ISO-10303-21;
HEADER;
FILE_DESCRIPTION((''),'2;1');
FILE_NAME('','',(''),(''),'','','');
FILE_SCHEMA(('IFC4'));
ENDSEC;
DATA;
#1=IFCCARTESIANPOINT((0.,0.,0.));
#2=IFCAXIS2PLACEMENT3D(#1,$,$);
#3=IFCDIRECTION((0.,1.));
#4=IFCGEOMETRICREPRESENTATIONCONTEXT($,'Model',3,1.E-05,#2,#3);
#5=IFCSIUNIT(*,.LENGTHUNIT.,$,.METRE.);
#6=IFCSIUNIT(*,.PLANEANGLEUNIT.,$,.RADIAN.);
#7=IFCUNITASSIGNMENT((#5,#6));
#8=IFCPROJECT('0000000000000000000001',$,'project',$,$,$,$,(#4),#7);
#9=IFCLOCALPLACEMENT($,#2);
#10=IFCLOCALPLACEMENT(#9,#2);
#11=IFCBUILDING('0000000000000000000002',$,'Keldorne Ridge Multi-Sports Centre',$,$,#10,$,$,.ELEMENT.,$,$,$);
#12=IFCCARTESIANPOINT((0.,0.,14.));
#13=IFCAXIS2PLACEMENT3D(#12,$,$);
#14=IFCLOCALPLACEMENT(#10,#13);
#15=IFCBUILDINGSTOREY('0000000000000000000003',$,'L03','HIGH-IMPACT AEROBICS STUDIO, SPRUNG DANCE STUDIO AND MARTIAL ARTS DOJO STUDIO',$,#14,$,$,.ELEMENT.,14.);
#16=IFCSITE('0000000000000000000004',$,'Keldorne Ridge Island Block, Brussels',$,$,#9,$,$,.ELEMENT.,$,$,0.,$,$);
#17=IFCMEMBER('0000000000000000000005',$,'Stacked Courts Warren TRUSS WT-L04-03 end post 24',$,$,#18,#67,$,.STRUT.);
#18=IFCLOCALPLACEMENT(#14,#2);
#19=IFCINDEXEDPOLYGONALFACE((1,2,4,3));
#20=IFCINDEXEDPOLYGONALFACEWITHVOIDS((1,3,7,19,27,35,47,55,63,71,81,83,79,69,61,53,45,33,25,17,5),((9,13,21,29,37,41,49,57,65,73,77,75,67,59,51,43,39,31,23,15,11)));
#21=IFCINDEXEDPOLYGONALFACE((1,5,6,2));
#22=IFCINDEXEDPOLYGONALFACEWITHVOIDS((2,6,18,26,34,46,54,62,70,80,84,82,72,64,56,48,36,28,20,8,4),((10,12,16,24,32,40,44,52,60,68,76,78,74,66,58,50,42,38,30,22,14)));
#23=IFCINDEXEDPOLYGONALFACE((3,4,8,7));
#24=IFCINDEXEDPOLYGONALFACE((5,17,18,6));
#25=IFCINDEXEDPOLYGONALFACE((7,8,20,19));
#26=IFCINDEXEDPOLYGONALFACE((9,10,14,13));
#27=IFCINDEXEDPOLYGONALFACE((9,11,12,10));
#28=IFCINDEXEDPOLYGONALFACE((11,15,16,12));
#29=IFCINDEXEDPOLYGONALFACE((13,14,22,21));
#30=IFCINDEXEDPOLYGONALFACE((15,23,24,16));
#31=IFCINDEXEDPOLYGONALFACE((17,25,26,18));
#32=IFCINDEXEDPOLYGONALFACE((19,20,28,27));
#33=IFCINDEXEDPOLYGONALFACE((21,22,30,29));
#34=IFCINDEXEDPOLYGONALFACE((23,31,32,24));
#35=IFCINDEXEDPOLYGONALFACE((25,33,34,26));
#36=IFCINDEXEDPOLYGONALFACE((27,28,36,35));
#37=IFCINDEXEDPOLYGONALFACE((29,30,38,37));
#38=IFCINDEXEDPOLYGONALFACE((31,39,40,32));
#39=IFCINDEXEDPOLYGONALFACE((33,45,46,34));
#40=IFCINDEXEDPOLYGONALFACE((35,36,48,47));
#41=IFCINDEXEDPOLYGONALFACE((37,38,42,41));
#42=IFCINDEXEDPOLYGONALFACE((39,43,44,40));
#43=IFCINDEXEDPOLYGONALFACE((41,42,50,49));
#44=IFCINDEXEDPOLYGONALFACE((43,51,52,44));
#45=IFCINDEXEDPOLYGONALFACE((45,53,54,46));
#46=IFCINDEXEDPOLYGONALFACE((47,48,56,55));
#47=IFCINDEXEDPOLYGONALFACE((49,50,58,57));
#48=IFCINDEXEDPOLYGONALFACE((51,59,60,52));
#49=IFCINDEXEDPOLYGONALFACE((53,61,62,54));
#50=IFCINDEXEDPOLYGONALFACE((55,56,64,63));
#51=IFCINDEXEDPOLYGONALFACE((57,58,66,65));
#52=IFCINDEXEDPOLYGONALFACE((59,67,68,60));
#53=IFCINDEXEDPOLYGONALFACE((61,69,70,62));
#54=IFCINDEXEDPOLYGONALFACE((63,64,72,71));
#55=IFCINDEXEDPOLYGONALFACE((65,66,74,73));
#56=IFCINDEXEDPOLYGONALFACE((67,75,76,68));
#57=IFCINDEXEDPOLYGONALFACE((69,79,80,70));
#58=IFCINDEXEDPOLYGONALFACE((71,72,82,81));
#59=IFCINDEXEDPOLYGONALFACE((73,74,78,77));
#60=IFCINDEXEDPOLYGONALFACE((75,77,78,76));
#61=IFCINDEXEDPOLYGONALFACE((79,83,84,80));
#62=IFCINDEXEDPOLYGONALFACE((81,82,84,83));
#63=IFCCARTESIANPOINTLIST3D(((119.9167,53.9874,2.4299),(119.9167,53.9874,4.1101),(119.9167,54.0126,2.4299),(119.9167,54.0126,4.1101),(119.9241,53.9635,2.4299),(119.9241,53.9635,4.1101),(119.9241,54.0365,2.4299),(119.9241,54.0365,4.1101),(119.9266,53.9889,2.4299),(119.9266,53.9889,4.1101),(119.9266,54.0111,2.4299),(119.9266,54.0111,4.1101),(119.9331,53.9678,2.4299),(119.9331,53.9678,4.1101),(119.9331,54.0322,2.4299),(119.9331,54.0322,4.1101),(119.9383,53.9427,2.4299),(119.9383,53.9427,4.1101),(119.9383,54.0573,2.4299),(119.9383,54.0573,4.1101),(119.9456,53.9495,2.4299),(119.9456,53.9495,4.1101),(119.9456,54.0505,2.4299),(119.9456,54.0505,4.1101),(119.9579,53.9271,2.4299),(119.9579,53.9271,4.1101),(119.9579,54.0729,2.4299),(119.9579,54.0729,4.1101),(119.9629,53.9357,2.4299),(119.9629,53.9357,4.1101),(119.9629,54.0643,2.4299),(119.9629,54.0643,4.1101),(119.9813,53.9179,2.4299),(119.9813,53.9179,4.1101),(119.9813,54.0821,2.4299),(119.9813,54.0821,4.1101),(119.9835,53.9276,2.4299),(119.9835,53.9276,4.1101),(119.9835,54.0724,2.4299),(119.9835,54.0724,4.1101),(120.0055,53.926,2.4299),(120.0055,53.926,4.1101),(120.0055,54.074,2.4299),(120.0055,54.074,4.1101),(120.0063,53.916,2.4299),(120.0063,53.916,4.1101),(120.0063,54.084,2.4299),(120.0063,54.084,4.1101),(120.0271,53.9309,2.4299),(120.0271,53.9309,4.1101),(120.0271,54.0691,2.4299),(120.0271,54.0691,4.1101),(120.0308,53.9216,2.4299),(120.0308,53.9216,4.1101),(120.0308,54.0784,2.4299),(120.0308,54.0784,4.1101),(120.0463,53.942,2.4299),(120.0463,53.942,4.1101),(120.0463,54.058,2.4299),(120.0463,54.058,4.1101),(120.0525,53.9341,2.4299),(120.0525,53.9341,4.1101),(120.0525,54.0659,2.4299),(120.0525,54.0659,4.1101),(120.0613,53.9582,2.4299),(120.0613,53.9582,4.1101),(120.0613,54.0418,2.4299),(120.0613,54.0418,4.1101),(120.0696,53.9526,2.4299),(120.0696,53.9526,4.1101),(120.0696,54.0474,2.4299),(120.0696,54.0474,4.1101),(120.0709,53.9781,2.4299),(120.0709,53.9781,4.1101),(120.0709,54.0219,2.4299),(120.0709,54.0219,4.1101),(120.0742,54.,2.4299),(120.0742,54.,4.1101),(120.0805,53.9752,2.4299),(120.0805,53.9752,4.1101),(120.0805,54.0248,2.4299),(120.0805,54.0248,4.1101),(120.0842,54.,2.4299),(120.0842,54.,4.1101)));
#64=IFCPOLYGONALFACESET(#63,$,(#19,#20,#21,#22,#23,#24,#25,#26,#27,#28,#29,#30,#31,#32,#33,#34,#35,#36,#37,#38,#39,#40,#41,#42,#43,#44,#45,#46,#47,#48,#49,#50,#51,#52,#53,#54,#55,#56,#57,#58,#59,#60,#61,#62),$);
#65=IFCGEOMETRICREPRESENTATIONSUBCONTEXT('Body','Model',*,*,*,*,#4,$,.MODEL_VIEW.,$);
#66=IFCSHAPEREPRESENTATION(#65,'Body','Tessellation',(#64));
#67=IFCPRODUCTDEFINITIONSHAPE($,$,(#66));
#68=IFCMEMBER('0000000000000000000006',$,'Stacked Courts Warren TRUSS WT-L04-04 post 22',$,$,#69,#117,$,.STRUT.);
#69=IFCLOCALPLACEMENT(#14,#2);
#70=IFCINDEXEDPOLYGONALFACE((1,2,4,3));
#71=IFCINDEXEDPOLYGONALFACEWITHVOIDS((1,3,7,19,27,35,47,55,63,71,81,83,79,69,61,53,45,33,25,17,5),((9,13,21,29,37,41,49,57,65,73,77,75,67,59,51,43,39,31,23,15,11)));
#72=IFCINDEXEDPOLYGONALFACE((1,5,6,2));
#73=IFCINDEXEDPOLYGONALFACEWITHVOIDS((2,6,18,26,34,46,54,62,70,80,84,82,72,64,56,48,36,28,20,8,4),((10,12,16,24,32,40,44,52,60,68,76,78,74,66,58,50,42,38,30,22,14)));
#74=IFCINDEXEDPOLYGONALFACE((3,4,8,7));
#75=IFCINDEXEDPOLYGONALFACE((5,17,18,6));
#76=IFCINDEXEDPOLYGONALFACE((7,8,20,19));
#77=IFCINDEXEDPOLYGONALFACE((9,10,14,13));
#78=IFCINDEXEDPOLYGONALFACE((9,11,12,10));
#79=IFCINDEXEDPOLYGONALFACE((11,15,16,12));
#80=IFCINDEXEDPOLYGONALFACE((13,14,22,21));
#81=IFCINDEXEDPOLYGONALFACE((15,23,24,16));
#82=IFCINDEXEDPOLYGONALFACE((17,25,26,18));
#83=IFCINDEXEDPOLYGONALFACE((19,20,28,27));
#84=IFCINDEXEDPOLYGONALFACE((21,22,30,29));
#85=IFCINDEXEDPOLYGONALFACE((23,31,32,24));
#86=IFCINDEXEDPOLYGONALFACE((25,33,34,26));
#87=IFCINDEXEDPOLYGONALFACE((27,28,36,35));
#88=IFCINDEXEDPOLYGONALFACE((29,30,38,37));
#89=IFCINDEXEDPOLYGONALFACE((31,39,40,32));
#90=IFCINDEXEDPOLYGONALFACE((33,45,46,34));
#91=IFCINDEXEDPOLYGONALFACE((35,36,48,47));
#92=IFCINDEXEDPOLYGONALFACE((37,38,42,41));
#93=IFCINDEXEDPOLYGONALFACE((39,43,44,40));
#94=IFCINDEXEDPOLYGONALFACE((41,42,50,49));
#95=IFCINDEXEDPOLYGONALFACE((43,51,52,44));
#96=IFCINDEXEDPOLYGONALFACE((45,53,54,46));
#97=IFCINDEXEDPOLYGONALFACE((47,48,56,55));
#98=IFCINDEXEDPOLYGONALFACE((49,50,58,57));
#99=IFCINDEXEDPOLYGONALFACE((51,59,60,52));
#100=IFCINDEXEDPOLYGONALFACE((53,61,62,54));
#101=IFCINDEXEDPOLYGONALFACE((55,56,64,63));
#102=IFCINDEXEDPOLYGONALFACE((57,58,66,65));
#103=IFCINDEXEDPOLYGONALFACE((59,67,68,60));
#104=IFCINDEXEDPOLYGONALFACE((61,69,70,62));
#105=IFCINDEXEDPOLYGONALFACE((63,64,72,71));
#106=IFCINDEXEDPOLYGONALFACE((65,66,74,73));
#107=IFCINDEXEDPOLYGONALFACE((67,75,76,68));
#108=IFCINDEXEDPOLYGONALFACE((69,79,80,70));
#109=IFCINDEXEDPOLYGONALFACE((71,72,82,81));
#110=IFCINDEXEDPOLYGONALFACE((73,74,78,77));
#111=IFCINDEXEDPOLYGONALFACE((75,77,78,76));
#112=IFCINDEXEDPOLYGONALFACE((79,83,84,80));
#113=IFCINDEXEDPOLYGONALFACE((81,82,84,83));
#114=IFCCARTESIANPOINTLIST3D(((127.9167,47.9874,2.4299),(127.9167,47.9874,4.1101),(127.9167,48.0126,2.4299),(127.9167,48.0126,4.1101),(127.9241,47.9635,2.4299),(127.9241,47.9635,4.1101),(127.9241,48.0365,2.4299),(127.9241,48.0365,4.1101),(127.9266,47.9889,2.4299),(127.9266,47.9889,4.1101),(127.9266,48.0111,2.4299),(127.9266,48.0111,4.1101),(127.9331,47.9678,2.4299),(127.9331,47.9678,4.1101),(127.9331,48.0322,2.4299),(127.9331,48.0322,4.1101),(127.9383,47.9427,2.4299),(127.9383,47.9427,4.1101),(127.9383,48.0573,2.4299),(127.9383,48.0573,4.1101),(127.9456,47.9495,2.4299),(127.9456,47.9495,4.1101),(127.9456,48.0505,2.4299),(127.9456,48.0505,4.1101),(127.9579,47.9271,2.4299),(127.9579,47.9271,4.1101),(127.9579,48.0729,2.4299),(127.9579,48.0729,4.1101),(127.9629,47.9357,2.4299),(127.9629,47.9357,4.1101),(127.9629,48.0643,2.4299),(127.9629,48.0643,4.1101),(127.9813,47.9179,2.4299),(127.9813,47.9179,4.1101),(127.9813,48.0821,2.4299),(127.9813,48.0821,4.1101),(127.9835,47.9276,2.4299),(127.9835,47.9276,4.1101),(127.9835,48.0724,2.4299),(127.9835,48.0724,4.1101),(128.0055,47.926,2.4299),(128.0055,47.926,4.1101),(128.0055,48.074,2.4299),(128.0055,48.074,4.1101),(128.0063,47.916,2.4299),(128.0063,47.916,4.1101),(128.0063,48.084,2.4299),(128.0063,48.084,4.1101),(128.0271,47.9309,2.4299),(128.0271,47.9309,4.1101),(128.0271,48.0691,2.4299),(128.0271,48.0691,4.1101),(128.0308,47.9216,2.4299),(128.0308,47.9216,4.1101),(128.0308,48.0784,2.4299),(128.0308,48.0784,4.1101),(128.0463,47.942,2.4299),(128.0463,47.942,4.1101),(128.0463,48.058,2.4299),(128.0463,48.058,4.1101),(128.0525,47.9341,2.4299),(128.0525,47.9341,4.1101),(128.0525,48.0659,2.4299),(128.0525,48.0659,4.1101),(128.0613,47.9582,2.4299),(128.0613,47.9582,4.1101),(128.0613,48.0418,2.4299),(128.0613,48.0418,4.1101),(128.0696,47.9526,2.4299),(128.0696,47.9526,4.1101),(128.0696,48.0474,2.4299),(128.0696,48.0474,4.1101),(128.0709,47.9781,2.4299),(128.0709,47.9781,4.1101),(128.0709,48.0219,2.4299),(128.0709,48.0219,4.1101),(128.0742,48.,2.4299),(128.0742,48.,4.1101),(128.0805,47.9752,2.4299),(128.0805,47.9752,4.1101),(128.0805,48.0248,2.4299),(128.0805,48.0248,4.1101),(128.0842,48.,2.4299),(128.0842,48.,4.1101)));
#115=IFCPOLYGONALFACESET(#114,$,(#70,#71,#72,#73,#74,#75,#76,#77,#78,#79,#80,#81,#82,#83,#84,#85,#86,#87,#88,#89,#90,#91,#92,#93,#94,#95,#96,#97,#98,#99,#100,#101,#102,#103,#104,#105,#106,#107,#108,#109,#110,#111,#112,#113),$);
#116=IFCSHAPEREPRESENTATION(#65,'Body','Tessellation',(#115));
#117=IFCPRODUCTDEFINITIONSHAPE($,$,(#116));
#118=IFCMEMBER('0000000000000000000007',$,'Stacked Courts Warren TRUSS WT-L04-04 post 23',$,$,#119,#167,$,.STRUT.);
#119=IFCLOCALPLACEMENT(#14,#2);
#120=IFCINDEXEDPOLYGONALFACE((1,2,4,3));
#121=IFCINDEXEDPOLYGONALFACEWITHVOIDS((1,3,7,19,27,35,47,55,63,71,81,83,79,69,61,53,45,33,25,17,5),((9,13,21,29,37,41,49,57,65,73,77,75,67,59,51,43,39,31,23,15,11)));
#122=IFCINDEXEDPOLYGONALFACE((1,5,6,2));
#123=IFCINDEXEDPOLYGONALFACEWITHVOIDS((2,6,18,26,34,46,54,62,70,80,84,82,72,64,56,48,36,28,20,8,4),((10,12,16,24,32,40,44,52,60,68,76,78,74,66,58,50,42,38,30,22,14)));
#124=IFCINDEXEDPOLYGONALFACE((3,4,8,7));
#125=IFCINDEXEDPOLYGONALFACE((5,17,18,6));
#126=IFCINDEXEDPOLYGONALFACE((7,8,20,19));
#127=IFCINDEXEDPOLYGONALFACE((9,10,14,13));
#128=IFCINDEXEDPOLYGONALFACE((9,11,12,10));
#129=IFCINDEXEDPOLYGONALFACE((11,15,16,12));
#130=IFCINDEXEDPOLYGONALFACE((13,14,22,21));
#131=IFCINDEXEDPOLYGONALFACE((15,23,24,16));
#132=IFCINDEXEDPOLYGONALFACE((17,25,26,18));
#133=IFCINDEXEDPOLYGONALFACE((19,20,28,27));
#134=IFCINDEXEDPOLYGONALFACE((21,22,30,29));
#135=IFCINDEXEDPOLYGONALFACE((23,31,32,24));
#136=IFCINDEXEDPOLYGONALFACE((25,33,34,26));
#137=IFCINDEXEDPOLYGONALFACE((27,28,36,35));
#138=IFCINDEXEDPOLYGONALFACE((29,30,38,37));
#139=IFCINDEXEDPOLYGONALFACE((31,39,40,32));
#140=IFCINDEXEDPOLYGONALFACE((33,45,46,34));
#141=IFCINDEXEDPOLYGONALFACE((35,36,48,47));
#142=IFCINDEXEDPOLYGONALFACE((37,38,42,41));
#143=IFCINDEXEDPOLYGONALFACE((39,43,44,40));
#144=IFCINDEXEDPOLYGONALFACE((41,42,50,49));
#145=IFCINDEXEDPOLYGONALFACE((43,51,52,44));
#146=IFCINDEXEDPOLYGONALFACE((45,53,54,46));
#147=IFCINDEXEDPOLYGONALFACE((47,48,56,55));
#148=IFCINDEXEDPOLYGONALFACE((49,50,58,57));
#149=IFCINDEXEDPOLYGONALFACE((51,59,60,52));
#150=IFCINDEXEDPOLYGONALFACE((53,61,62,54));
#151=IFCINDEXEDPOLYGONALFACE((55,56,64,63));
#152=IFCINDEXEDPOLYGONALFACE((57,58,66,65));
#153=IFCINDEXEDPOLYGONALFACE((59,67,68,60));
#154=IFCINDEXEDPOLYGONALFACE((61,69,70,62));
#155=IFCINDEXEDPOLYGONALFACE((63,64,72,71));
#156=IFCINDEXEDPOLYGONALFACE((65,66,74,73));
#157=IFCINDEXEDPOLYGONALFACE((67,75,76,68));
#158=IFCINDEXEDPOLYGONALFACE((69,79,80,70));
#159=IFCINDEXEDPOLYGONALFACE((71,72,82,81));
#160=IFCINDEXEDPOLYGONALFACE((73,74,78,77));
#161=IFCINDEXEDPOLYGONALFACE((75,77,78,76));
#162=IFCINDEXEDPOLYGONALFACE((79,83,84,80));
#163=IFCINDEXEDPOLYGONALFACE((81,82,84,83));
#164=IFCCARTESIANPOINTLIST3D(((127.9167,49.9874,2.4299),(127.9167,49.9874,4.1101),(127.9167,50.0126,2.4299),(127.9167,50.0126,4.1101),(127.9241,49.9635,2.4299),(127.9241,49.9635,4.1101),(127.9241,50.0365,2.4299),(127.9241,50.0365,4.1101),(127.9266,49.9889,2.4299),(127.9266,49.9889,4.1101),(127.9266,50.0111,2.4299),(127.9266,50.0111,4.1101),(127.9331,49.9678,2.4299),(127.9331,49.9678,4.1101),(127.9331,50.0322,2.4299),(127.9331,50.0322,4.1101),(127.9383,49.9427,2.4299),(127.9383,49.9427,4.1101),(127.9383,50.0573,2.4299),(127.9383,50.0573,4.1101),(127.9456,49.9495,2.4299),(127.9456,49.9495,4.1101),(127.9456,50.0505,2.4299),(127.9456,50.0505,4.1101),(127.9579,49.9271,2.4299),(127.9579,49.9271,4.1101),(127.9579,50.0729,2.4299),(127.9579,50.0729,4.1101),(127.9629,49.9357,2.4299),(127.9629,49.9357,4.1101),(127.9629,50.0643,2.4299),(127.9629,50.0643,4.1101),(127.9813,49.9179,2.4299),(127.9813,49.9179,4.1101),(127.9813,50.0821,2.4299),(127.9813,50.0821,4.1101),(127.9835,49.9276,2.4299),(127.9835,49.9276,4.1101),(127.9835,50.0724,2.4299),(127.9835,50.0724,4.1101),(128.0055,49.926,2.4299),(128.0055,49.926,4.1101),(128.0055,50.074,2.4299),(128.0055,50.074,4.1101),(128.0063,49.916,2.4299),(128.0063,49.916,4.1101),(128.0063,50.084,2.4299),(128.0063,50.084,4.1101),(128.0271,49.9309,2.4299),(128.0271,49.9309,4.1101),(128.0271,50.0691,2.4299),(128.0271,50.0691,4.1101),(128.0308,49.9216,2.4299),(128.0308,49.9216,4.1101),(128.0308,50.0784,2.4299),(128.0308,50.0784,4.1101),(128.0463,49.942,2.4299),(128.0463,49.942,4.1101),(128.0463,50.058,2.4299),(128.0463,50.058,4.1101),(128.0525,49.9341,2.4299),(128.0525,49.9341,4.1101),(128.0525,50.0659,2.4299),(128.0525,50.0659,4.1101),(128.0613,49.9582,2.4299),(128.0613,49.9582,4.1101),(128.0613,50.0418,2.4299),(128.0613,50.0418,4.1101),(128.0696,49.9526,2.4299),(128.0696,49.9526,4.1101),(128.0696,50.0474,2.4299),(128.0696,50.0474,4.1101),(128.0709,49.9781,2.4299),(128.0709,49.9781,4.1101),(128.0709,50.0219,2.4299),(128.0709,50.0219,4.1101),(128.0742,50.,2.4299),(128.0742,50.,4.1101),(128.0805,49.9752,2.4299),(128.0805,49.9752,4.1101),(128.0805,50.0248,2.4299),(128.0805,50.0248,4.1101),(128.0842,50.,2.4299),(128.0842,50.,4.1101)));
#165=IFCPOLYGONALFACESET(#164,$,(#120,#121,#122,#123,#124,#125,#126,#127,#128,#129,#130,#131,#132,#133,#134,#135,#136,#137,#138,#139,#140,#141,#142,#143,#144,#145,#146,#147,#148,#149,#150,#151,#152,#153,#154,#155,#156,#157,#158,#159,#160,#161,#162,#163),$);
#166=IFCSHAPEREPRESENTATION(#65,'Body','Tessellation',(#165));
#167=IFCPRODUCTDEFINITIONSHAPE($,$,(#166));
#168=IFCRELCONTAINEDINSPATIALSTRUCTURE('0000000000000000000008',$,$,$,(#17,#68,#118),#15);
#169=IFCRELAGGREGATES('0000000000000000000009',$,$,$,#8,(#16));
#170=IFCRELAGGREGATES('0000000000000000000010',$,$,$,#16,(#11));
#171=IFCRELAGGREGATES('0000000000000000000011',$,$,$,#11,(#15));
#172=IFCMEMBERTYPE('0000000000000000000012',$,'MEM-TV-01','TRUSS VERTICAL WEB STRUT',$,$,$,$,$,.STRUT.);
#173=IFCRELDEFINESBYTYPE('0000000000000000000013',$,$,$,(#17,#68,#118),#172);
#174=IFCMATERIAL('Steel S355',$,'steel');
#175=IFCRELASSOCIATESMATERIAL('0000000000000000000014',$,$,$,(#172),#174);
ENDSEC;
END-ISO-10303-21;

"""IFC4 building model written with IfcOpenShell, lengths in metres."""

from ifc_helpers import new_model, si_unit, direction, frame, origin, origin_2d, place, context, subcontext, project, spatial, hollow_circle, extrude, material, material_profile, profile_set, type_object, element, save


model = new_model("IFC4")

# Units and contexts
model_context = context("Model", 3, precision=1e-05, world=origin(), true_north=direction((0.0, 1.0)))
body_context = subcontext(model_context, "Body", "Model", "MODEL_VIEW")
ifc_project = project(units=[si_unit("LENGTHUNIT", "METRE"), si_unit("PLANEANGLEUNIT", "RADIAN")], contexts=[model_context])

# Site, building, storey
site_placement = place(None, origin())
site = spatial("IfcSite", under=ifc_project, at=site_placement, Name="Keldorne Ridge Island Block, Brussels", CompositionType="ELEMENT", RefElevation=0.0)
building_placement = place(site_placement, origin())
building = spatial("IfcBuilding", under=site, at=building_placement, Name="Keldorne Ridge Multi-Sports Centre", CompositionType="ELEMENT")
storey_placement = place(building_placement, frame((0.0, 0.0, 14.0)))
storey = spatial("IfcBuildingStorey", under=building, at=storey_placement, Name="L03", Description="HIGH-IMPACT AEROBICS STUDIO, SPRUNG DANCE STUDIO AND MARTIAL ARTS DOJO STUDIO", CompositionType="ELEMENT", Elevation=14.0)

# Shared definitions
ifc_material_1 = material(Name="Steel S355", Category="steel")

# Members
ifc_material_profile_1 = material_profile(ifc_material_1, hollow_circle(Radius=0.0842, WallThickness=0.01, at=origin_2d()), Name="CHS 168.3x10")
ifc_profile_set_1 = profile_set([ifc_material_profile_1], Name="Steel S355")
member_type_1 = type_object("IfcMemberType", Name="MEM-TV-01", Description="TRUSS VERTICAL WEB STRUT", PredefinedType="STRUT", material=ifc_profile_set_1)
for number, where, z_axis, x_axis, name in (
    (1, (120.0, 54.0, 2.4299), (0.0, 0.0, 1.0), (1.0, 0.0, 0.0), "Stacked Courts Warren TRUSS WT-L04-03 end post 24"),
    (2, (128.0, 48.0, 2.4299), (0.0, 0.0, 1.0), (1.0, 0.0, 0.0), "Stacked Courts Warren TRUSS WT-L04-04 post 22"),
    (3, (128.0, 50.0, 2.4299), (0.0, 0.0, 1.0), (1.0, 0.0, 0.0), "Stacked Courts Warren TRUSS WT-L04-04 post 23"),
):
    element("IfcMember", number, at=place(storey_placement, frame(where, z_axis=z_axis, x_axis=x_axis)), inside=storey, type_object=member_type_1, Name=name, PredefinedType="STRUT", context=body_context, shape_type="SweptSolid", body=[
        extrude(hollow_circle(Radius=0.0842, WallThickness=0.01, at=origin_2d()), origin(), (0.0, 0.0, 1.0), 1.6802),
    ])

save(model, "model.ifc")
